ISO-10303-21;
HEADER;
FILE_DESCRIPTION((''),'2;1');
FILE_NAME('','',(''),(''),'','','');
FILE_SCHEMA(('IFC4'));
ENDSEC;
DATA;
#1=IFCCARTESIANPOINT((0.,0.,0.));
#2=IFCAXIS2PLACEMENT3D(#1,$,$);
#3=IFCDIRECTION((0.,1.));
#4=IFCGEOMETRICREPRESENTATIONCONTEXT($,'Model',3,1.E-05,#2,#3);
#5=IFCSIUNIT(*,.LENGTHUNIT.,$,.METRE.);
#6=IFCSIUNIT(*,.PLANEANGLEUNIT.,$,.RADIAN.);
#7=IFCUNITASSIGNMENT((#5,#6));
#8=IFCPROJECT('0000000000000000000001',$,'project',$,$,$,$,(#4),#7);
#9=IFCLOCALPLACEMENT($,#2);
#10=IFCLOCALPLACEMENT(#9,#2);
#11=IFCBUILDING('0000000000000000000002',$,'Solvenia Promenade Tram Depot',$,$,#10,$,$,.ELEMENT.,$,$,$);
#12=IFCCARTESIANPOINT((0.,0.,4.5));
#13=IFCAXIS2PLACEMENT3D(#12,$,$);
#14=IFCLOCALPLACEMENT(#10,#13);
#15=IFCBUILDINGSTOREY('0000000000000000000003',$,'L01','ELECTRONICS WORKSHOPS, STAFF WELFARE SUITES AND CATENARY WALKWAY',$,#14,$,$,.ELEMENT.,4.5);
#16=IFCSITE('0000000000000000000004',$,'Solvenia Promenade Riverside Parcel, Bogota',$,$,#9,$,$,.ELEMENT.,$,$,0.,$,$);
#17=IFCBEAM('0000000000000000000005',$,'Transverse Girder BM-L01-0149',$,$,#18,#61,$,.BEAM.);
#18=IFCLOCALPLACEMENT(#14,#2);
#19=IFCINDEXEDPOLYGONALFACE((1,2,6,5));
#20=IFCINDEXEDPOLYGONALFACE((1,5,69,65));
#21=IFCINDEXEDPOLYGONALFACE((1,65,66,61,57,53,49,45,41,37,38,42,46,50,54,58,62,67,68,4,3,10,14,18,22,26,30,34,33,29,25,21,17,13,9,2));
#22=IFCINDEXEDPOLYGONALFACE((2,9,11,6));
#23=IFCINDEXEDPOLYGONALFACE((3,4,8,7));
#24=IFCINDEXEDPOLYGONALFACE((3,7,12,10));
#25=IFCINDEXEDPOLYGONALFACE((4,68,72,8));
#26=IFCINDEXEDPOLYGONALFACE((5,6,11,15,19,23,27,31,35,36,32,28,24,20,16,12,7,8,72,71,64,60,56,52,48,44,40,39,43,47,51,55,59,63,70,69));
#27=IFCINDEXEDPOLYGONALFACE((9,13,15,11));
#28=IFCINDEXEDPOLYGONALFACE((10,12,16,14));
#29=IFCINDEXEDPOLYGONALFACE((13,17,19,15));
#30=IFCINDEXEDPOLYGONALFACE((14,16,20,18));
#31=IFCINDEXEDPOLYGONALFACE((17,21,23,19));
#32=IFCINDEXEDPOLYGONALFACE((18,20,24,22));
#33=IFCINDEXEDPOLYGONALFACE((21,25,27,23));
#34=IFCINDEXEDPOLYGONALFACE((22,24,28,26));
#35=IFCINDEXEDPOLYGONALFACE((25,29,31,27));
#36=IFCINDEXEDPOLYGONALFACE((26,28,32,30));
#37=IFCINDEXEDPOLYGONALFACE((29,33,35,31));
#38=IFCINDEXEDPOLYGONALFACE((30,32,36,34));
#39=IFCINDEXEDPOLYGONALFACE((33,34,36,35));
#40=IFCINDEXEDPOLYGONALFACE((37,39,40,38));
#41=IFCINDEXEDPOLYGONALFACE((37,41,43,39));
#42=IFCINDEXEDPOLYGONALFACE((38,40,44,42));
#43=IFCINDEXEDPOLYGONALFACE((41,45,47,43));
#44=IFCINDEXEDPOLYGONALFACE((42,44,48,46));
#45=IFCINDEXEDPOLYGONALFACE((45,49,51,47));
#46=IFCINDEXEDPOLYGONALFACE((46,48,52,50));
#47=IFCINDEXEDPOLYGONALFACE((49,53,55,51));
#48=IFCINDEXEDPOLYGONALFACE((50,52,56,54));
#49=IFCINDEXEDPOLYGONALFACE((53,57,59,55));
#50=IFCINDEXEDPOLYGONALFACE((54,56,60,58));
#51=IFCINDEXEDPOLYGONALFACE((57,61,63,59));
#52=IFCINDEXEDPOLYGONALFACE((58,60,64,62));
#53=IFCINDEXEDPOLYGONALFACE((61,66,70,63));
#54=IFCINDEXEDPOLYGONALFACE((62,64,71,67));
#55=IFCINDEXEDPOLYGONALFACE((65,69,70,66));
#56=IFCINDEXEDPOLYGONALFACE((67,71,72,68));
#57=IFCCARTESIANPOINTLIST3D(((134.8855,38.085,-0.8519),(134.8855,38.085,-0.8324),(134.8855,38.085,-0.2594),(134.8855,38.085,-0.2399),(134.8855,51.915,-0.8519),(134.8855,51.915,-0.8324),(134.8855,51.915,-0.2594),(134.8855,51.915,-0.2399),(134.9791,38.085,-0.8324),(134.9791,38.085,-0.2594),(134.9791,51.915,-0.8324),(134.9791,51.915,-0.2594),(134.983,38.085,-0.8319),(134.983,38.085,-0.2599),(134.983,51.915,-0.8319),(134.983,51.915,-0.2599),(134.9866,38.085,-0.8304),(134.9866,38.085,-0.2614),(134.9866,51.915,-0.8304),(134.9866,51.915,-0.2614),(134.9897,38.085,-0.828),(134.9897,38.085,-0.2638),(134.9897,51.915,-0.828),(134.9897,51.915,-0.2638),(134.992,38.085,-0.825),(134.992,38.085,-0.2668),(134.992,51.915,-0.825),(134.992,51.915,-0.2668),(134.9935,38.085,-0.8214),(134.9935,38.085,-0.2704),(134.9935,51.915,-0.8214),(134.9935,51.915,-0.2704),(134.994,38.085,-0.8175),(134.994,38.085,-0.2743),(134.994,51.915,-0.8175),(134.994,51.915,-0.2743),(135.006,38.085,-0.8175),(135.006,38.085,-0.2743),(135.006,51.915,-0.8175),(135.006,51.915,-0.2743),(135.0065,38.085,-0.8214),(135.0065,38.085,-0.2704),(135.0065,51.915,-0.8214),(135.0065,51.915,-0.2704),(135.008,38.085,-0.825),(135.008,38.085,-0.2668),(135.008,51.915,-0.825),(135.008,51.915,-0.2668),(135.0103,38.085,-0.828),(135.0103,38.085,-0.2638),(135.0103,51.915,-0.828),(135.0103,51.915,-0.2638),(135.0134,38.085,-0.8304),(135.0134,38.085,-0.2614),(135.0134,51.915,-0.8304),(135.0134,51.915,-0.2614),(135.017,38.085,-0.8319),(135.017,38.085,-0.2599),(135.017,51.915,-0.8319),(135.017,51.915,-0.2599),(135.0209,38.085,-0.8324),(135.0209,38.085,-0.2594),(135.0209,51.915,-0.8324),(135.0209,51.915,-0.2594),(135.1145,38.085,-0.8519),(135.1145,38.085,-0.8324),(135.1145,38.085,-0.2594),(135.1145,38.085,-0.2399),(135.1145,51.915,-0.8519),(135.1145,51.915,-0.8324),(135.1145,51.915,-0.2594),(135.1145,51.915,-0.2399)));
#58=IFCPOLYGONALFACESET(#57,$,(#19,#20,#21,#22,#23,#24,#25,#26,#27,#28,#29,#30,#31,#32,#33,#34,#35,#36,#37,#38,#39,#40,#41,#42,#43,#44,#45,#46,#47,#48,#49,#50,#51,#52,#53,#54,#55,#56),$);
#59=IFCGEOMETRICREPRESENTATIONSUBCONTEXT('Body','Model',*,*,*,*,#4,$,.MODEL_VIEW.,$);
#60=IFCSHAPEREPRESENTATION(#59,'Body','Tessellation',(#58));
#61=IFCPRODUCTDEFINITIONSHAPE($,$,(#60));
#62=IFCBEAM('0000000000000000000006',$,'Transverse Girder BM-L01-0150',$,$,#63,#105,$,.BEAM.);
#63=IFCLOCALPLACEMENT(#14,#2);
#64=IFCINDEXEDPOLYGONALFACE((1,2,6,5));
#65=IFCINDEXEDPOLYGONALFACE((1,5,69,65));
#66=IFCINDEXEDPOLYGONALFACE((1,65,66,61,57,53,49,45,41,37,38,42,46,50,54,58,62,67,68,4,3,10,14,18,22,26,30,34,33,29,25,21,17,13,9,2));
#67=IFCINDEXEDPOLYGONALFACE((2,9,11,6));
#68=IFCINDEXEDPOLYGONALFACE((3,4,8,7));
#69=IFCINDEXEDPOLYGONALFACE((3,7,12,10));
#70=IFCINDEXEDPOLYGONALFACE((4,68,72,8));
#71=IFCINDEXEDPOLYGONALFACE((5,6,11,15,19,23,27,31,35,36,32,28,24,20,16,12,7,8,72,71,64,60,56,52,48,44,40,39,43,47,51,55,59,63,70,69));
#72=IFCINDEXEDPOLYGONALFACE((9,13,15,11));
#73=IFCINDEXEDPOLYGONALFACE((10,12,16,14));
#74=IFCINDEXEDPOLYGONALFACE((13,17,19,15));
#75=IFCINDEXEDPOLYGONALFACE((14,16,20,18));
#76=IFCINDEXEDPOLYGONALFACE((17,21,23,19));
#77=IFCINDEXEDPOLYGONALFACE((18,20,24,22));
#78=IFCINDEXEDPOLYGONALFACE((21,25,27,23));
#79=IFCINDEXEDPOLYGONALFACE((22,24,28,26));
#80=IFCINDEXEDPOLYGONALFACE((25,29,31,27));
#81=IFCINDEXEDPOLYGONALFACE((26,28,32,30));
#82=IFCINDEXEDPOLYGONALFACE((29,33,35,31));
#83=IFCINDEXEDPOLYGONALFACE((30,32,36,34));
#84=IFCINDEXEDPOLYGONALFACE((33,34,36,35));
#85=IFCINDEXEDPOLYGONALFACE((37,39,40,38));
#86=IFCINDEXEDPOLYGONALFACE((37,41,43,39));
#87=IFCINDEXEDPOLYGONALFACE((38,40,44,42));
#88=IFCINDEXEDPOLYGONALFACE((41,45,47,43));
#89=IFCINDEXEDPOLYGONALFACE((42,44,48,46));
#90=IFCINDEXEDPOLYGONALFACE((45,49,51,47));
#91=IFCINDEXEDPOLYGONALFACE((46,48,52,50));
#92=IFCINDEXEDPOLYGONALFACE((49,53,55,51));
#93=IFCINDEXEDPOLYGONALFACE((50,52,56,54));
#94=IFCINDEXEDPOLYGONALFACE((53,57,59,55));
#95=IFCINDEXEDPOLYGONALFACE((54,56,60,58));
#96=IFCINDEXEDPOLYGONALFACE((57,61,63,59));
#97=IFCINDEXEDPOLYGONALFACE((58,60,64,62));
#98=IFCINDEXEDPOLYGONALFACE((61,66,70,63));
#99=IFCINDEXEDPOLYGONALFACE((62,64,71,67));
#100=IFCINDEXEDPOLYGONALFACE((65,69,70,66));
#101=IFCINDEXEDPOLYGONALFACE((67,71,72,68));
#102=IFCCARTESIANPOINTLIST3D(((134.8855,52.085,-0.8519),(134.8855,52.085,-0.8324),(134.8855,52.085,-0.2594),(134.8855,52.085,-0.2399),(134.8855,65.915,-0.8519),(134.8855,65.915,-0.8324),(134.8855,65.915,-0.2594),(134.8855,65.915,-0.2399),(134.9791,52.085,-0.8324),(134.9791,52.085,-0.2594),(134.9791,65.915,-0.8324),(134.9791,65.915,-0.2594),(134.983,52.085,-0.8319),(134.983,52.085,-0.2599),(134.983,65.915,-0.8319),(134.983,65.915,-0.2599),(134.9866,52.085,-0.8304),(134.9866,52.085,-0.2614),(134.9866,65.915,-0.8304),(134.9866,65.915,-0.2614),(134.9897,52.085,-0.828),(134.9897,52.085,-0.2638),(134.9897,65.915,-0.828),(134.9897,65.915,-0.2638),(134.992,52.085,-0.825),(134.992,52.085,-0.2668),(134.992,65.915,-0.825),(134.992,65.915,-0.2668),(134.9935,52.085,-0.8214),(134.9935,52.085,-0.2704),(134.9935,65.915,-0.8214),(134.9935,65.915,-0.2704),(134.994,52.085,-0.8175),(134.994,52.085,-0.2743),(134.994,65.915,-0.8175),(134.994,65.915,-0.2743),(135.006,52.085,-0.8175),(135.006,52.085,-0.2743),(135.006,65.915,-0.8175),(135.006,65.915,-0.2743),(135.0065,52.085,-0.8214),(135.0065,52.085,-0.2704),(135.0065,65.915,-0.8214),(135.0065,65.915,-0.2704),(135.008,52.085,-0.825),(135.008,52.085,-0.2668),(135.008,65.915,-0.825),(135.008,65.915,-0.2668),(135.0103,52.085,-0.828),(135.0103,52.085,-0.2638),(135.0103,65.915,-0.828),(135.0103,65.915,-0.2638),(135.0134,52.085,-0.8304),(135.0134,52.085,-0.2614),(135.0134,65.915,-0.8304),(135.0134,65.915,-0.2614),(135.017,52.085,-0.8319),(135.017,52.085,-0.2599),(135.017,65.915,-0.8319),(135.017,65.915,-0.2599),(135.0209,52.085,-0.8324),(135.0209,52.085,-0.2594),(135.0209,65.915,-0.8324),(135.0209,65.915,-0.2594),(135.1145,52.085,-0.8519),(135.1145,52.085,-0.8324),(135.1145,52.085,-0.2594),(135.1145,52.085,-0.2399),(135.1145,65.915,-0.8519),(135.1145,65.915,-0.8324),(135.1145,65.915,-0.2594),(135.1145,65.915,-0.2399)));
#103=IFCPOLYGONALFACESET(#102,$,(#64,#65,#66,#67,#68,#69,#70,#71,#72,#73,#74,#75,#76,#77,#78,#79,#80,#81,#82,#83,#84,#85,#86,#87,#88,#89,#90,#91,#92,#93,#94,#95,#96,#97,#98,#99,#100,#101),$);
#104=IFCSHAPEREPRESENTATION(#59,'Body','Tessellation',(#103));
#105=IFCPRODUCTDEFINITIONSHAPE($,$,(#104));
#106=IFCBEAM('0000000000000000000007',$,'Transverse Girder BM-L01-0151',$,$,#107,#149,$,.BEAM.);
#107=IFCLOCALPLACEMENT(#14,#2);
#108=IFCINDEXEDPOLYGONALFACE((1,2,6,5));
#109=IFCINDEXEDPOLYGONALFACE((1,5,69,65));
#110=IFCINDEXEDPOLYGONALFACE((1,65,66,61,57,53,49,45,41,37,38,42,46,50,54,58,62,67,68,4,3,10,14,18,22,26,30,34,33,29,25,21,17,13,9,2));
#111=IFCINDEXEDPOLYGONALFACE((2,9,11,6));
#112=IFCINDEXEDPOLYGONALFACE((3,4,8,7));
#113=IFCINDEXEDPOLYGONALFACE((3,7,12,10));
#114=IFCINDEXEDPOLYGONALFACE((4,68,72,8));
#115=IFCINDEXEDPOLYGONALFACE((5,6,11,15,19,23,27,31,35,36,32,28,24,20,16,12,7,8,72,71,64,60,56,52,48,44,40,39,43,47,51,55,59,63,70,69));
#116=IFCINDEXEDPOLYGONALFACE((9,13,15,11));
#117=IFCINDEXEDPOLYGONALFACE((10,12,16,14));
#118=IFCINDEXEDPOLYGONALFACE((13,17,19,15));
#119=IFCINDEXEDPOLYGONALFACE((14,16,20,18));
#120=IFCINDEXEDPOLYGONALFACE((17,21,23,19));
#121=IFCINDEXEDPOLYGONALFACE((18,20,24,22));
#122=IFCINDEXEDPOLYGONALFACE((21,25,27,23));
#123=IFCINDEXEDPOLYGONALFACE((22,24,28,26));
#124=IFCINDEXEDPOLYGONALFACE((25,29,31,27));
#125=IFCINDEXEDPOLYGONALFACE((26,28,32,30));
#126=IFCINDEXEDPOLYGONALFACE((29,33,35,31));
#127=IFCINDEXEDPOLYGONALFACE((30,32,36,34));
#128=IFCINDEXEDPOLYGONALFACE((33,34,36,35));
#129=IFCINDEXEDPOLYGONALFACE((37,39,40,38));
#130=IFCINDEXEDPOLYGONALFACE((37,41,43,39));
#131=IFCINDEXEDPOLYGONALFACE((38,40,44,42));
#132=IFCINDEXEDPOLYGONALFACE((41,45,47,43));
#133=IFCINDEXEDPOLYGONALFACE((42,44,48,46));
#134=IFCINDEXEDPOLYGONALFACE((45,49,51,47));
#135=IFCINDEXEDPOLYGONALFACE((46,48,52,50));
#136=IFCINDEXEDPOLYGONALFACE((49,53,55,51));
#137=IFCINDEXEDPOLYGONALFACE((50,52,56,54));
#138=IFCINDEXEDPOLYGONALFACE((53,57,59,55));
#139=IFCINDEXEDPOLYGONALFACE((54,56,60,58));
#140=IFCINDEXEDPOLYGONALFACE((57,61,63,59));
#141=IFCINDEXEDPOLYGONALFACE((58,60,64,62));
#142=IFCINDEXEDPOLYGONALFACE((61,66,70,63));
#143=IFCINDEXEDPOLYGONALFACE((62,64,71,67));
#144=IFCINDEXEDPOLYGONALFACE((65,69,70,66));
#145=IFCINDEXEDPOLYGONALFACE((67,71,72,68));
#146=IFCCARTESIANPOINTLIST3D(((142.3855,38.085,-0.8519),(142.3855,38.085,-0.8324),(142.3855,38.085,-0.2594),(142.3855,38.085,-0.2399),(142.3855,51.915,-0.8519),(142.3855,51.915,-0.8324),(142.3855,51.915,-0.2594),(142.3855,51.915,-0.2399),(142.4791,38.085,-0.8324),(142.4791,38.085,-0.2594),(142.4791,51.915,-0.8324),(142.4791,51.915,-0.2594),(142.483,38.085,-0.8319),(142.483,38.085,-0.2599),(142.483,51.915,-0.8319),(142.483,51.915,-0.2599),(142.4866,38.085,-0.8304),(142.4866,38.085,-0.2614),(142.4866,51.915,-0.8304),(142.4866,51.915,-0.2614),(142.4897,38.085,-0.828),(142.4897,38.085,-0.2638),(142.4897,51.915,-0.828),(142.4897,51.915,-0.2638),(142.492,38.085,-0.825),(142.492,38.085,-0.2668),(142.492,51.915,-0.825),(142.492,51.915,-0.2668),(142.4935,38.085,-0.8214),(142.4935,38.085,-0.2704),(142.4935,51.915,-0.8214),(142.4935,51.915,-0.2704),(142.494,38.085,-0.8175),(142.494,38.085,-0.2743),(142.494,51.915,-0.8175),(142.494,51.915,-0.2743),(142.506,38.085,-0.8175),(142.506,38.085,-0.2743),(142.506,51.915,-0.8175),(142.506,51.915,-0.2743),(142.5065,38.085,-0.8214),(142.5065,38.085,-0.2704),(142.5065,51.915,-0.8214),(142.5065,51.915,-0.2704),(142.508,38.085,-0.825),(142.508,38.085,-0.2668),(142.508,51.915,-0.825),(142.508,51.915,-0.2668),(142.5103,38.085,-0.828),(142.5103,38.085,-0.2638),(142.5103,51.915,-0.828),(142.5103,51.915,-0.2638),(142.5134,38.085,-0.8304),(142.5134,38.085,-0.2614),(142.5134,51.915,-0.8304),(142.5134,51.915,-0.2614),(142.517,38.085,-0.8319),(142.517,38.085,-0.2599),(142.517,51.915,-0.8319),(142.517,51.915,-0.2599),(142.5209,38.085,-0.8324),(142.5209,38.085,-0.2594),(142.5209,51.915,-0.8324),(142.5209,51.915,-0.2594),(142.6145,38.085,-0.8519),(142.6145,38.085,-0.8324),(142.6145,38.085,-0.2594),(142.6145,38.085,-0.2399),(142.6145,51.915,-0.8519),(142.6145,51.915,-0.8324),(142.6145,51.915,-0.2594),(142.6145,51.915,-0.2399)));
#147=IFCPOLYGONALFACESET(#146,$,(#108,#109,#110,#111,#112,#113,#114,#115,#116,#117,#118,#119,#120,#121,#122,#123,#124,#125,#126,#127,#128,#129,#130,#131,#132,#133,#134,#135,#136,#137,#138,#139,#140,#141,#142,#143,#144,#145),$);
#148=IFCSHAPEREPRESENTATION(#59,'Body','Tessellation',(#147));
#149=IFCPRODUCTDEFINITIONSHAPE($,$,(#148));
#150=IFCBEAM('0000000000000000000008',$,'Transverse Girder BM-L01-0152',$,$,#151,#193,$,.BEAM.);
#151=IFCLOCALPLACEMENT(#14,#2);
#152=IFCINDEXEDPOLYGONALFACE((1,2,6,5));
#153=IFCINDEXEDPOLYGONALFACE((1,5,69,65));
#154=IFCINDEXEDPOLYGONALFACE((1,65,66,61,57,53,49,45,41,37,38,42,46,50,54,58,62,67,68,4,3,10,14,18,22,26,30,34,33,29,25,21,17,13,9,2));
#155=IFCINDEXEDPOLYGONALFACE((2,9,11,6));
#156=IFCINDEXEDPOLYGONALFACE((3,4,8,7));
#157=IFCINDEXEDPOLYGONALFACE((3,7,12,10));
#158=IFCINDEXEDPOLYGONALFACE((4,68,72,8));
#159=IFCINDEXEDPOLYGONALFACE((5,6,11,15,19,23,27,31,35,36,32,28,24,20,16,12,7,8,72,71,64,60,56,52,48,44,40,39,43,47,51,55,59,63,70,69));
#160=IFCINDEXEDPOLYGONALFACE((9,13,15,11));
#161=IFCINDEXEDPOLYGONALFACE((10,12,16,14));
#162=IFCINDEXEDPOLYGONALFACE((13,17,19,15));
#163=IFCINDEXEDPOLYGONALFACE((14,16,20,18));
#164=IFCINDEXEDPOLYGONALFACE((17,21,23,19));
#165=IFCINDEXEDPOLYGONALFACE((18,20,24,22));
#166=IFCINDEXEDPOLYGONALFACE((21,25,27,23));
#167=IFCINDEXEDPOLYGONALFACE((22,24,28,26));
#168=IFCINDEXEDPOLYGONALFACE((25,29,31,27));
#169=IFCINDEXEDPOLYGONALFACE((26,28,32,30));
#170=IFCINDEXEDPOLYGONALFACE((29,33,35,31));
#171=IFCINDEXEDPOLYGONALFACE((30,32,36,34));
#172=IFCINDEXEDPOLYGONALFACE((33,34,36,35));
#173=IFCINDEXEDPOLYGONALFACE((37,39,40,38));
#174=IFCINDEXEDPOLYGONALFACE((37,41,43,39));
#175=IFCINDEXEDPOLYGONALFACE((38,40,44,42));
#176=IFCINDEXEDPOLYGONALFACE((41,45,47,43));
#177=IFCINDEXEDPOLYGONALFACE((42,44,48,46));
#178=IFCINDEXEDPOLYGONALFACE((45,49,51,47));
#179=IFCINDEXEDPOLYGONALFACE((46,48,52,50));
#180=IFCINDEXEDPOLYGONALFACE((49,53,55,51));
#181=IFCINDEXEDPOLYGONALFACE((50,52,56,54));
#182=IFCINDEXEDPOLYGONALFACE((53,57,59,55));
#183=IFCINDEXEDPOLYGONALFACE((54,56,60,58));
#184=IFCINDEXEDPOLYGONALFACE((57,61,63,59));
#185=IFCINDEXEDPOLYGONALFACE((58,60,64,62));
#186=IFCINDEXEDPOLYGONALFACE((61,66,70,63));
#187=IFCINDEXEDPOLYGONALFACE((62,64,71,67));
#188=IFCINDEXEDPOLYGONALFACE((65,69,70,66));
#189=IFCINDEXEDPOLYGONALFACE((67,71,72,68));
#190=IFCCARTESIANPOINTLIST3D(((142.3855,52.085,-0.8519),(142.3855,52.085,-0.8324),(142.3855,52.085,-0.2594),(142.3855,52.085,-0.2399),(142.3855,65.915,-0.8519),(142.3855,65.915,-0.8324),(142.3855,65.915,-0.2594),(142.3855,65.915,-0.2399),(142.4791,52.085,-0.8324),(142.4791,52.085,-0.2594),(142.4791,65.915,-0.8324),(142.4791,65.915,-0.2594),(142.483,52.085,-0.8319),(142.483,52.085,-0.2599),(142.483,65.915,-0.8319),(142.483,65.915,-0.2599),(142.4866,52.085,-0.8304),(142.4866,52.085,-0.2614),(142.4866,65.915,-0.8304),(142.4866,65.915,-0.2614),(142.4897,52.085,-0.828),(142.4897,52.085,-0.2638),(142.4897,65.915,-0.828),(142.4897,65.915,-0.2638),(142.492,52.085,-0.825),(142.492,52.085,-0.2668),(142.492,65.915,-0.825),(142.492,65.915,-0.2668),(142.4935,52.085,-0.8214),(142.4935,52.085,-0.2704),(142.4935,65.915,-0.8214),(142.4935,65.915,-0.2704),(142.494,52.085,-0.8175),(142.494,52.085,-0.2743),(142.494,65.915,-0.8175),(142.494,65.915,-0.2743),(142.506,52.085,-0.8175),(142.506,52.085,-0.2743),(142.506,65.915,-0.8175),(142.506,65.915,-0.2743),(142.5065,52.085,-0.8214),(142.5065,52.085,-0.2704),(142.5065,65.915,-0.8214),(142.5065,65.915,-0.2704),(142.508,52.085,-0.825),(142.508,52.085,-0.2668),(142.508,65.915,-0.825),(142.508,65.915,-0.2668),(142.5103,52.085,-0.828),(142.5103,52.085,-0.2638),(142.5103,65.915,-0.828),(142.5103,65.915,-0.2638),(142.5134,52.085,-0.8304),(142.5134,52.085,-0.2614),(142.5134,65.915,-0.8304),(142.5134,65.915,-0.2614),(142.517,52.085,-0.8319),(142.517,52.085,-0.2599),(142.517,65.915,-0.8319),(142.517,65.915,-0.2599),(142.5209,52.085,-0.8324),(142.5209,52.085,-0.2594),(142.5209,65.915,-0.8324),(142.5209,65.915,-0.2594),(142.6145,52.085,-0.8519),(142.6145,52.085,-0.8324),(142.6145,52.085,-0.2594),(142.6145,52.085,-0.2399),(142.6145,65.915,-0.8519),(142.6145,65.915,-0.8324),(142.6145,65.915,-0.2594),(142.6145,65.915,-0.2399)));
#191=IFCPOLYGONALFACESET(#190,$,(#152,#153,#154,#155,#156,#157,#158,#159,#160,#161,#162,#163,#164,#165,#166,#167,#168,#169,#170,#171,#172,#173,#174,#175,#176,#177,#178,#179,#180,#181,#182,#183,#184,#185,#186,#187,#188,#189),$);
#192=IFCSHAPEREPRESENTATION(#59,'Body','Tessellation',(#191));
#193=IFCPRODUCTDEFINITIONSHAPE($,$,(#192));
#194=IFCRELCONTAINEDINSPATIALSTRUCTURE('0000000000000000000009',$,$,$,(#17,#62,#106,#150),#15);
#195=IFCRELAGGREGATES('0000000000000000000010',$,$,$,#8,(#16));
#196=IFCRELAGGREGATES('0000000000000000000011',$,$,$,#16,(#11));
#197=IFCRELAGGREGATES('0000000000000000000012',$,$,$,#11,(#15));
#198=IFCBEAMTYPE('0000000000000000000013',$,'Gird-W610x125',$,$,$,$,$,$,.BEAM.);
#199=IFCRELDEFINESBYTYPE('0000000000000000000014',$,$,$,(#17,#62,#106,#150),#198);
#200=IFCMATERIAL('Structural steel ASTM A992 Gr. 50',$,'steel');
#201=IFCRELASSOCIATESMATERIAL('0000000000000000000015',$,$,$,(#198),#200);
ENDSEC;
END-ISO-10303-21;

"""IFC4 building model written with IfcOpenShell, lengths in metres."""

from ifc_helpers import new_model, si_unit, direction, frame, origin, origin_2d, place, context, subcontext, project, spatial, i_section, extrude, material, material_profile, profile_set, type_object, element, save


model = new_model("IFC4")

# Units and contexts
model_context = context("Model", 3, precision=1e-05, world=origin(), true_north=direction((0.0, 1.0)))
body_context = subcontext(model_context, "Body", "Model", "MODEL_VIEW")
ifc_project = project(units=[si_unit("LENGTHUNIT", "METRE"), si_unit("PLANEANGLEUNIT", "RADIAN")], contexts=[model_context])

# Site, building, storey
site_placement = place(None, origin())
site = spatial("IfcSite", under=ifc_project, at=site_placement, Name="Solvenia Promenade Riverside Parcel, Bogota", CompositionType="ELEMENT", RefElevation=0.0)
building_placement = place(site_placement, origin())
building = spatial("IfcBuilding", under=site, at=building_placement, Name="Solvenia Promenade Tram Depot", CompositionType="ELEMENT")
storey_placement = place(building_placement, frame((0.0, 0.0, 4.5)))
storey = spatial("IfcBuildingStorey", under=building, at=storey_placement, Name="L01", Description="ELECTRONICS WORKSHOPS, STAFF WELFARE SUITES AND CATENARY WALKWAY", CompositionType="ELEMENT", Elevation=4.5)

# Shared definitions
ifc_material_1 = material(Name="Structural steel ASTM A992 Gr. 50", Category="steel")

# Beams
ifc_material_profile_1 = material_profile(ifc_material_1, i_section(OverallWidth=0.229, OverallDepth=0.6121, WebThickness=0.012, FlangeThickness=0.0195, FilletRadius=0.0149, at=origin_2d()), Name="W610x125", Category="steel")
ifc_profile_set_1 = profile_set([ifc_material_profile_1], Name="Structural steel ASTM A992 Gr. 50")
beam_type_1 = type_object("IfcBeamType", Name="Gird-W610x125", PredefinedType="BEAM", material=ifc_profile_set_1)
for number, where, z_axis, x_axis, name in (
    (1, (135.0, 38.085, -0.5459), (0.0, 1.0, 0.0), (-1.0, 0.0, 0.0), "Transverse Girder BM-L01-0149"),
    (2, (135.0, 52.085, -0.5459), (0.0, 1.0, 0.0), (-1.0, 0.0, 0.0), "Transverse Girder BM-L01-0150"),
    (3, (142.5, 38.085, -0.5459), (0.0, 1.0, 0.0), (-1.0, 0.0, 0.0), "Transverse Girder BM-L01-0151"),
    (4, (142.5, 52.085, -0.5459), (0.0, 1.0, 0.0), (-1.0, 0.0, 0.0), "Transverse Girder BM-L01-0152"),
):
    element("IfcBeam", number, at=place(storey_placement, frame(where, z_axis=z_axis, x_axis=x_axis)), inside=storey, type_object=beam_type_1, Name=name, PredefinedType="BEAM", context=body_context, shape_type="SweptSolid", body=[
        extrude(i_section(OverallWidth=0.229, OverallDepth=0.6121, WebThickness=0.012, FlangeThickness=0.0195, FilletRadius=0.0149, at=origin_2d()), origin(), (0.0, 0.0, 1.0), 13.8301),
    ])

save(model, "model.ifc")
